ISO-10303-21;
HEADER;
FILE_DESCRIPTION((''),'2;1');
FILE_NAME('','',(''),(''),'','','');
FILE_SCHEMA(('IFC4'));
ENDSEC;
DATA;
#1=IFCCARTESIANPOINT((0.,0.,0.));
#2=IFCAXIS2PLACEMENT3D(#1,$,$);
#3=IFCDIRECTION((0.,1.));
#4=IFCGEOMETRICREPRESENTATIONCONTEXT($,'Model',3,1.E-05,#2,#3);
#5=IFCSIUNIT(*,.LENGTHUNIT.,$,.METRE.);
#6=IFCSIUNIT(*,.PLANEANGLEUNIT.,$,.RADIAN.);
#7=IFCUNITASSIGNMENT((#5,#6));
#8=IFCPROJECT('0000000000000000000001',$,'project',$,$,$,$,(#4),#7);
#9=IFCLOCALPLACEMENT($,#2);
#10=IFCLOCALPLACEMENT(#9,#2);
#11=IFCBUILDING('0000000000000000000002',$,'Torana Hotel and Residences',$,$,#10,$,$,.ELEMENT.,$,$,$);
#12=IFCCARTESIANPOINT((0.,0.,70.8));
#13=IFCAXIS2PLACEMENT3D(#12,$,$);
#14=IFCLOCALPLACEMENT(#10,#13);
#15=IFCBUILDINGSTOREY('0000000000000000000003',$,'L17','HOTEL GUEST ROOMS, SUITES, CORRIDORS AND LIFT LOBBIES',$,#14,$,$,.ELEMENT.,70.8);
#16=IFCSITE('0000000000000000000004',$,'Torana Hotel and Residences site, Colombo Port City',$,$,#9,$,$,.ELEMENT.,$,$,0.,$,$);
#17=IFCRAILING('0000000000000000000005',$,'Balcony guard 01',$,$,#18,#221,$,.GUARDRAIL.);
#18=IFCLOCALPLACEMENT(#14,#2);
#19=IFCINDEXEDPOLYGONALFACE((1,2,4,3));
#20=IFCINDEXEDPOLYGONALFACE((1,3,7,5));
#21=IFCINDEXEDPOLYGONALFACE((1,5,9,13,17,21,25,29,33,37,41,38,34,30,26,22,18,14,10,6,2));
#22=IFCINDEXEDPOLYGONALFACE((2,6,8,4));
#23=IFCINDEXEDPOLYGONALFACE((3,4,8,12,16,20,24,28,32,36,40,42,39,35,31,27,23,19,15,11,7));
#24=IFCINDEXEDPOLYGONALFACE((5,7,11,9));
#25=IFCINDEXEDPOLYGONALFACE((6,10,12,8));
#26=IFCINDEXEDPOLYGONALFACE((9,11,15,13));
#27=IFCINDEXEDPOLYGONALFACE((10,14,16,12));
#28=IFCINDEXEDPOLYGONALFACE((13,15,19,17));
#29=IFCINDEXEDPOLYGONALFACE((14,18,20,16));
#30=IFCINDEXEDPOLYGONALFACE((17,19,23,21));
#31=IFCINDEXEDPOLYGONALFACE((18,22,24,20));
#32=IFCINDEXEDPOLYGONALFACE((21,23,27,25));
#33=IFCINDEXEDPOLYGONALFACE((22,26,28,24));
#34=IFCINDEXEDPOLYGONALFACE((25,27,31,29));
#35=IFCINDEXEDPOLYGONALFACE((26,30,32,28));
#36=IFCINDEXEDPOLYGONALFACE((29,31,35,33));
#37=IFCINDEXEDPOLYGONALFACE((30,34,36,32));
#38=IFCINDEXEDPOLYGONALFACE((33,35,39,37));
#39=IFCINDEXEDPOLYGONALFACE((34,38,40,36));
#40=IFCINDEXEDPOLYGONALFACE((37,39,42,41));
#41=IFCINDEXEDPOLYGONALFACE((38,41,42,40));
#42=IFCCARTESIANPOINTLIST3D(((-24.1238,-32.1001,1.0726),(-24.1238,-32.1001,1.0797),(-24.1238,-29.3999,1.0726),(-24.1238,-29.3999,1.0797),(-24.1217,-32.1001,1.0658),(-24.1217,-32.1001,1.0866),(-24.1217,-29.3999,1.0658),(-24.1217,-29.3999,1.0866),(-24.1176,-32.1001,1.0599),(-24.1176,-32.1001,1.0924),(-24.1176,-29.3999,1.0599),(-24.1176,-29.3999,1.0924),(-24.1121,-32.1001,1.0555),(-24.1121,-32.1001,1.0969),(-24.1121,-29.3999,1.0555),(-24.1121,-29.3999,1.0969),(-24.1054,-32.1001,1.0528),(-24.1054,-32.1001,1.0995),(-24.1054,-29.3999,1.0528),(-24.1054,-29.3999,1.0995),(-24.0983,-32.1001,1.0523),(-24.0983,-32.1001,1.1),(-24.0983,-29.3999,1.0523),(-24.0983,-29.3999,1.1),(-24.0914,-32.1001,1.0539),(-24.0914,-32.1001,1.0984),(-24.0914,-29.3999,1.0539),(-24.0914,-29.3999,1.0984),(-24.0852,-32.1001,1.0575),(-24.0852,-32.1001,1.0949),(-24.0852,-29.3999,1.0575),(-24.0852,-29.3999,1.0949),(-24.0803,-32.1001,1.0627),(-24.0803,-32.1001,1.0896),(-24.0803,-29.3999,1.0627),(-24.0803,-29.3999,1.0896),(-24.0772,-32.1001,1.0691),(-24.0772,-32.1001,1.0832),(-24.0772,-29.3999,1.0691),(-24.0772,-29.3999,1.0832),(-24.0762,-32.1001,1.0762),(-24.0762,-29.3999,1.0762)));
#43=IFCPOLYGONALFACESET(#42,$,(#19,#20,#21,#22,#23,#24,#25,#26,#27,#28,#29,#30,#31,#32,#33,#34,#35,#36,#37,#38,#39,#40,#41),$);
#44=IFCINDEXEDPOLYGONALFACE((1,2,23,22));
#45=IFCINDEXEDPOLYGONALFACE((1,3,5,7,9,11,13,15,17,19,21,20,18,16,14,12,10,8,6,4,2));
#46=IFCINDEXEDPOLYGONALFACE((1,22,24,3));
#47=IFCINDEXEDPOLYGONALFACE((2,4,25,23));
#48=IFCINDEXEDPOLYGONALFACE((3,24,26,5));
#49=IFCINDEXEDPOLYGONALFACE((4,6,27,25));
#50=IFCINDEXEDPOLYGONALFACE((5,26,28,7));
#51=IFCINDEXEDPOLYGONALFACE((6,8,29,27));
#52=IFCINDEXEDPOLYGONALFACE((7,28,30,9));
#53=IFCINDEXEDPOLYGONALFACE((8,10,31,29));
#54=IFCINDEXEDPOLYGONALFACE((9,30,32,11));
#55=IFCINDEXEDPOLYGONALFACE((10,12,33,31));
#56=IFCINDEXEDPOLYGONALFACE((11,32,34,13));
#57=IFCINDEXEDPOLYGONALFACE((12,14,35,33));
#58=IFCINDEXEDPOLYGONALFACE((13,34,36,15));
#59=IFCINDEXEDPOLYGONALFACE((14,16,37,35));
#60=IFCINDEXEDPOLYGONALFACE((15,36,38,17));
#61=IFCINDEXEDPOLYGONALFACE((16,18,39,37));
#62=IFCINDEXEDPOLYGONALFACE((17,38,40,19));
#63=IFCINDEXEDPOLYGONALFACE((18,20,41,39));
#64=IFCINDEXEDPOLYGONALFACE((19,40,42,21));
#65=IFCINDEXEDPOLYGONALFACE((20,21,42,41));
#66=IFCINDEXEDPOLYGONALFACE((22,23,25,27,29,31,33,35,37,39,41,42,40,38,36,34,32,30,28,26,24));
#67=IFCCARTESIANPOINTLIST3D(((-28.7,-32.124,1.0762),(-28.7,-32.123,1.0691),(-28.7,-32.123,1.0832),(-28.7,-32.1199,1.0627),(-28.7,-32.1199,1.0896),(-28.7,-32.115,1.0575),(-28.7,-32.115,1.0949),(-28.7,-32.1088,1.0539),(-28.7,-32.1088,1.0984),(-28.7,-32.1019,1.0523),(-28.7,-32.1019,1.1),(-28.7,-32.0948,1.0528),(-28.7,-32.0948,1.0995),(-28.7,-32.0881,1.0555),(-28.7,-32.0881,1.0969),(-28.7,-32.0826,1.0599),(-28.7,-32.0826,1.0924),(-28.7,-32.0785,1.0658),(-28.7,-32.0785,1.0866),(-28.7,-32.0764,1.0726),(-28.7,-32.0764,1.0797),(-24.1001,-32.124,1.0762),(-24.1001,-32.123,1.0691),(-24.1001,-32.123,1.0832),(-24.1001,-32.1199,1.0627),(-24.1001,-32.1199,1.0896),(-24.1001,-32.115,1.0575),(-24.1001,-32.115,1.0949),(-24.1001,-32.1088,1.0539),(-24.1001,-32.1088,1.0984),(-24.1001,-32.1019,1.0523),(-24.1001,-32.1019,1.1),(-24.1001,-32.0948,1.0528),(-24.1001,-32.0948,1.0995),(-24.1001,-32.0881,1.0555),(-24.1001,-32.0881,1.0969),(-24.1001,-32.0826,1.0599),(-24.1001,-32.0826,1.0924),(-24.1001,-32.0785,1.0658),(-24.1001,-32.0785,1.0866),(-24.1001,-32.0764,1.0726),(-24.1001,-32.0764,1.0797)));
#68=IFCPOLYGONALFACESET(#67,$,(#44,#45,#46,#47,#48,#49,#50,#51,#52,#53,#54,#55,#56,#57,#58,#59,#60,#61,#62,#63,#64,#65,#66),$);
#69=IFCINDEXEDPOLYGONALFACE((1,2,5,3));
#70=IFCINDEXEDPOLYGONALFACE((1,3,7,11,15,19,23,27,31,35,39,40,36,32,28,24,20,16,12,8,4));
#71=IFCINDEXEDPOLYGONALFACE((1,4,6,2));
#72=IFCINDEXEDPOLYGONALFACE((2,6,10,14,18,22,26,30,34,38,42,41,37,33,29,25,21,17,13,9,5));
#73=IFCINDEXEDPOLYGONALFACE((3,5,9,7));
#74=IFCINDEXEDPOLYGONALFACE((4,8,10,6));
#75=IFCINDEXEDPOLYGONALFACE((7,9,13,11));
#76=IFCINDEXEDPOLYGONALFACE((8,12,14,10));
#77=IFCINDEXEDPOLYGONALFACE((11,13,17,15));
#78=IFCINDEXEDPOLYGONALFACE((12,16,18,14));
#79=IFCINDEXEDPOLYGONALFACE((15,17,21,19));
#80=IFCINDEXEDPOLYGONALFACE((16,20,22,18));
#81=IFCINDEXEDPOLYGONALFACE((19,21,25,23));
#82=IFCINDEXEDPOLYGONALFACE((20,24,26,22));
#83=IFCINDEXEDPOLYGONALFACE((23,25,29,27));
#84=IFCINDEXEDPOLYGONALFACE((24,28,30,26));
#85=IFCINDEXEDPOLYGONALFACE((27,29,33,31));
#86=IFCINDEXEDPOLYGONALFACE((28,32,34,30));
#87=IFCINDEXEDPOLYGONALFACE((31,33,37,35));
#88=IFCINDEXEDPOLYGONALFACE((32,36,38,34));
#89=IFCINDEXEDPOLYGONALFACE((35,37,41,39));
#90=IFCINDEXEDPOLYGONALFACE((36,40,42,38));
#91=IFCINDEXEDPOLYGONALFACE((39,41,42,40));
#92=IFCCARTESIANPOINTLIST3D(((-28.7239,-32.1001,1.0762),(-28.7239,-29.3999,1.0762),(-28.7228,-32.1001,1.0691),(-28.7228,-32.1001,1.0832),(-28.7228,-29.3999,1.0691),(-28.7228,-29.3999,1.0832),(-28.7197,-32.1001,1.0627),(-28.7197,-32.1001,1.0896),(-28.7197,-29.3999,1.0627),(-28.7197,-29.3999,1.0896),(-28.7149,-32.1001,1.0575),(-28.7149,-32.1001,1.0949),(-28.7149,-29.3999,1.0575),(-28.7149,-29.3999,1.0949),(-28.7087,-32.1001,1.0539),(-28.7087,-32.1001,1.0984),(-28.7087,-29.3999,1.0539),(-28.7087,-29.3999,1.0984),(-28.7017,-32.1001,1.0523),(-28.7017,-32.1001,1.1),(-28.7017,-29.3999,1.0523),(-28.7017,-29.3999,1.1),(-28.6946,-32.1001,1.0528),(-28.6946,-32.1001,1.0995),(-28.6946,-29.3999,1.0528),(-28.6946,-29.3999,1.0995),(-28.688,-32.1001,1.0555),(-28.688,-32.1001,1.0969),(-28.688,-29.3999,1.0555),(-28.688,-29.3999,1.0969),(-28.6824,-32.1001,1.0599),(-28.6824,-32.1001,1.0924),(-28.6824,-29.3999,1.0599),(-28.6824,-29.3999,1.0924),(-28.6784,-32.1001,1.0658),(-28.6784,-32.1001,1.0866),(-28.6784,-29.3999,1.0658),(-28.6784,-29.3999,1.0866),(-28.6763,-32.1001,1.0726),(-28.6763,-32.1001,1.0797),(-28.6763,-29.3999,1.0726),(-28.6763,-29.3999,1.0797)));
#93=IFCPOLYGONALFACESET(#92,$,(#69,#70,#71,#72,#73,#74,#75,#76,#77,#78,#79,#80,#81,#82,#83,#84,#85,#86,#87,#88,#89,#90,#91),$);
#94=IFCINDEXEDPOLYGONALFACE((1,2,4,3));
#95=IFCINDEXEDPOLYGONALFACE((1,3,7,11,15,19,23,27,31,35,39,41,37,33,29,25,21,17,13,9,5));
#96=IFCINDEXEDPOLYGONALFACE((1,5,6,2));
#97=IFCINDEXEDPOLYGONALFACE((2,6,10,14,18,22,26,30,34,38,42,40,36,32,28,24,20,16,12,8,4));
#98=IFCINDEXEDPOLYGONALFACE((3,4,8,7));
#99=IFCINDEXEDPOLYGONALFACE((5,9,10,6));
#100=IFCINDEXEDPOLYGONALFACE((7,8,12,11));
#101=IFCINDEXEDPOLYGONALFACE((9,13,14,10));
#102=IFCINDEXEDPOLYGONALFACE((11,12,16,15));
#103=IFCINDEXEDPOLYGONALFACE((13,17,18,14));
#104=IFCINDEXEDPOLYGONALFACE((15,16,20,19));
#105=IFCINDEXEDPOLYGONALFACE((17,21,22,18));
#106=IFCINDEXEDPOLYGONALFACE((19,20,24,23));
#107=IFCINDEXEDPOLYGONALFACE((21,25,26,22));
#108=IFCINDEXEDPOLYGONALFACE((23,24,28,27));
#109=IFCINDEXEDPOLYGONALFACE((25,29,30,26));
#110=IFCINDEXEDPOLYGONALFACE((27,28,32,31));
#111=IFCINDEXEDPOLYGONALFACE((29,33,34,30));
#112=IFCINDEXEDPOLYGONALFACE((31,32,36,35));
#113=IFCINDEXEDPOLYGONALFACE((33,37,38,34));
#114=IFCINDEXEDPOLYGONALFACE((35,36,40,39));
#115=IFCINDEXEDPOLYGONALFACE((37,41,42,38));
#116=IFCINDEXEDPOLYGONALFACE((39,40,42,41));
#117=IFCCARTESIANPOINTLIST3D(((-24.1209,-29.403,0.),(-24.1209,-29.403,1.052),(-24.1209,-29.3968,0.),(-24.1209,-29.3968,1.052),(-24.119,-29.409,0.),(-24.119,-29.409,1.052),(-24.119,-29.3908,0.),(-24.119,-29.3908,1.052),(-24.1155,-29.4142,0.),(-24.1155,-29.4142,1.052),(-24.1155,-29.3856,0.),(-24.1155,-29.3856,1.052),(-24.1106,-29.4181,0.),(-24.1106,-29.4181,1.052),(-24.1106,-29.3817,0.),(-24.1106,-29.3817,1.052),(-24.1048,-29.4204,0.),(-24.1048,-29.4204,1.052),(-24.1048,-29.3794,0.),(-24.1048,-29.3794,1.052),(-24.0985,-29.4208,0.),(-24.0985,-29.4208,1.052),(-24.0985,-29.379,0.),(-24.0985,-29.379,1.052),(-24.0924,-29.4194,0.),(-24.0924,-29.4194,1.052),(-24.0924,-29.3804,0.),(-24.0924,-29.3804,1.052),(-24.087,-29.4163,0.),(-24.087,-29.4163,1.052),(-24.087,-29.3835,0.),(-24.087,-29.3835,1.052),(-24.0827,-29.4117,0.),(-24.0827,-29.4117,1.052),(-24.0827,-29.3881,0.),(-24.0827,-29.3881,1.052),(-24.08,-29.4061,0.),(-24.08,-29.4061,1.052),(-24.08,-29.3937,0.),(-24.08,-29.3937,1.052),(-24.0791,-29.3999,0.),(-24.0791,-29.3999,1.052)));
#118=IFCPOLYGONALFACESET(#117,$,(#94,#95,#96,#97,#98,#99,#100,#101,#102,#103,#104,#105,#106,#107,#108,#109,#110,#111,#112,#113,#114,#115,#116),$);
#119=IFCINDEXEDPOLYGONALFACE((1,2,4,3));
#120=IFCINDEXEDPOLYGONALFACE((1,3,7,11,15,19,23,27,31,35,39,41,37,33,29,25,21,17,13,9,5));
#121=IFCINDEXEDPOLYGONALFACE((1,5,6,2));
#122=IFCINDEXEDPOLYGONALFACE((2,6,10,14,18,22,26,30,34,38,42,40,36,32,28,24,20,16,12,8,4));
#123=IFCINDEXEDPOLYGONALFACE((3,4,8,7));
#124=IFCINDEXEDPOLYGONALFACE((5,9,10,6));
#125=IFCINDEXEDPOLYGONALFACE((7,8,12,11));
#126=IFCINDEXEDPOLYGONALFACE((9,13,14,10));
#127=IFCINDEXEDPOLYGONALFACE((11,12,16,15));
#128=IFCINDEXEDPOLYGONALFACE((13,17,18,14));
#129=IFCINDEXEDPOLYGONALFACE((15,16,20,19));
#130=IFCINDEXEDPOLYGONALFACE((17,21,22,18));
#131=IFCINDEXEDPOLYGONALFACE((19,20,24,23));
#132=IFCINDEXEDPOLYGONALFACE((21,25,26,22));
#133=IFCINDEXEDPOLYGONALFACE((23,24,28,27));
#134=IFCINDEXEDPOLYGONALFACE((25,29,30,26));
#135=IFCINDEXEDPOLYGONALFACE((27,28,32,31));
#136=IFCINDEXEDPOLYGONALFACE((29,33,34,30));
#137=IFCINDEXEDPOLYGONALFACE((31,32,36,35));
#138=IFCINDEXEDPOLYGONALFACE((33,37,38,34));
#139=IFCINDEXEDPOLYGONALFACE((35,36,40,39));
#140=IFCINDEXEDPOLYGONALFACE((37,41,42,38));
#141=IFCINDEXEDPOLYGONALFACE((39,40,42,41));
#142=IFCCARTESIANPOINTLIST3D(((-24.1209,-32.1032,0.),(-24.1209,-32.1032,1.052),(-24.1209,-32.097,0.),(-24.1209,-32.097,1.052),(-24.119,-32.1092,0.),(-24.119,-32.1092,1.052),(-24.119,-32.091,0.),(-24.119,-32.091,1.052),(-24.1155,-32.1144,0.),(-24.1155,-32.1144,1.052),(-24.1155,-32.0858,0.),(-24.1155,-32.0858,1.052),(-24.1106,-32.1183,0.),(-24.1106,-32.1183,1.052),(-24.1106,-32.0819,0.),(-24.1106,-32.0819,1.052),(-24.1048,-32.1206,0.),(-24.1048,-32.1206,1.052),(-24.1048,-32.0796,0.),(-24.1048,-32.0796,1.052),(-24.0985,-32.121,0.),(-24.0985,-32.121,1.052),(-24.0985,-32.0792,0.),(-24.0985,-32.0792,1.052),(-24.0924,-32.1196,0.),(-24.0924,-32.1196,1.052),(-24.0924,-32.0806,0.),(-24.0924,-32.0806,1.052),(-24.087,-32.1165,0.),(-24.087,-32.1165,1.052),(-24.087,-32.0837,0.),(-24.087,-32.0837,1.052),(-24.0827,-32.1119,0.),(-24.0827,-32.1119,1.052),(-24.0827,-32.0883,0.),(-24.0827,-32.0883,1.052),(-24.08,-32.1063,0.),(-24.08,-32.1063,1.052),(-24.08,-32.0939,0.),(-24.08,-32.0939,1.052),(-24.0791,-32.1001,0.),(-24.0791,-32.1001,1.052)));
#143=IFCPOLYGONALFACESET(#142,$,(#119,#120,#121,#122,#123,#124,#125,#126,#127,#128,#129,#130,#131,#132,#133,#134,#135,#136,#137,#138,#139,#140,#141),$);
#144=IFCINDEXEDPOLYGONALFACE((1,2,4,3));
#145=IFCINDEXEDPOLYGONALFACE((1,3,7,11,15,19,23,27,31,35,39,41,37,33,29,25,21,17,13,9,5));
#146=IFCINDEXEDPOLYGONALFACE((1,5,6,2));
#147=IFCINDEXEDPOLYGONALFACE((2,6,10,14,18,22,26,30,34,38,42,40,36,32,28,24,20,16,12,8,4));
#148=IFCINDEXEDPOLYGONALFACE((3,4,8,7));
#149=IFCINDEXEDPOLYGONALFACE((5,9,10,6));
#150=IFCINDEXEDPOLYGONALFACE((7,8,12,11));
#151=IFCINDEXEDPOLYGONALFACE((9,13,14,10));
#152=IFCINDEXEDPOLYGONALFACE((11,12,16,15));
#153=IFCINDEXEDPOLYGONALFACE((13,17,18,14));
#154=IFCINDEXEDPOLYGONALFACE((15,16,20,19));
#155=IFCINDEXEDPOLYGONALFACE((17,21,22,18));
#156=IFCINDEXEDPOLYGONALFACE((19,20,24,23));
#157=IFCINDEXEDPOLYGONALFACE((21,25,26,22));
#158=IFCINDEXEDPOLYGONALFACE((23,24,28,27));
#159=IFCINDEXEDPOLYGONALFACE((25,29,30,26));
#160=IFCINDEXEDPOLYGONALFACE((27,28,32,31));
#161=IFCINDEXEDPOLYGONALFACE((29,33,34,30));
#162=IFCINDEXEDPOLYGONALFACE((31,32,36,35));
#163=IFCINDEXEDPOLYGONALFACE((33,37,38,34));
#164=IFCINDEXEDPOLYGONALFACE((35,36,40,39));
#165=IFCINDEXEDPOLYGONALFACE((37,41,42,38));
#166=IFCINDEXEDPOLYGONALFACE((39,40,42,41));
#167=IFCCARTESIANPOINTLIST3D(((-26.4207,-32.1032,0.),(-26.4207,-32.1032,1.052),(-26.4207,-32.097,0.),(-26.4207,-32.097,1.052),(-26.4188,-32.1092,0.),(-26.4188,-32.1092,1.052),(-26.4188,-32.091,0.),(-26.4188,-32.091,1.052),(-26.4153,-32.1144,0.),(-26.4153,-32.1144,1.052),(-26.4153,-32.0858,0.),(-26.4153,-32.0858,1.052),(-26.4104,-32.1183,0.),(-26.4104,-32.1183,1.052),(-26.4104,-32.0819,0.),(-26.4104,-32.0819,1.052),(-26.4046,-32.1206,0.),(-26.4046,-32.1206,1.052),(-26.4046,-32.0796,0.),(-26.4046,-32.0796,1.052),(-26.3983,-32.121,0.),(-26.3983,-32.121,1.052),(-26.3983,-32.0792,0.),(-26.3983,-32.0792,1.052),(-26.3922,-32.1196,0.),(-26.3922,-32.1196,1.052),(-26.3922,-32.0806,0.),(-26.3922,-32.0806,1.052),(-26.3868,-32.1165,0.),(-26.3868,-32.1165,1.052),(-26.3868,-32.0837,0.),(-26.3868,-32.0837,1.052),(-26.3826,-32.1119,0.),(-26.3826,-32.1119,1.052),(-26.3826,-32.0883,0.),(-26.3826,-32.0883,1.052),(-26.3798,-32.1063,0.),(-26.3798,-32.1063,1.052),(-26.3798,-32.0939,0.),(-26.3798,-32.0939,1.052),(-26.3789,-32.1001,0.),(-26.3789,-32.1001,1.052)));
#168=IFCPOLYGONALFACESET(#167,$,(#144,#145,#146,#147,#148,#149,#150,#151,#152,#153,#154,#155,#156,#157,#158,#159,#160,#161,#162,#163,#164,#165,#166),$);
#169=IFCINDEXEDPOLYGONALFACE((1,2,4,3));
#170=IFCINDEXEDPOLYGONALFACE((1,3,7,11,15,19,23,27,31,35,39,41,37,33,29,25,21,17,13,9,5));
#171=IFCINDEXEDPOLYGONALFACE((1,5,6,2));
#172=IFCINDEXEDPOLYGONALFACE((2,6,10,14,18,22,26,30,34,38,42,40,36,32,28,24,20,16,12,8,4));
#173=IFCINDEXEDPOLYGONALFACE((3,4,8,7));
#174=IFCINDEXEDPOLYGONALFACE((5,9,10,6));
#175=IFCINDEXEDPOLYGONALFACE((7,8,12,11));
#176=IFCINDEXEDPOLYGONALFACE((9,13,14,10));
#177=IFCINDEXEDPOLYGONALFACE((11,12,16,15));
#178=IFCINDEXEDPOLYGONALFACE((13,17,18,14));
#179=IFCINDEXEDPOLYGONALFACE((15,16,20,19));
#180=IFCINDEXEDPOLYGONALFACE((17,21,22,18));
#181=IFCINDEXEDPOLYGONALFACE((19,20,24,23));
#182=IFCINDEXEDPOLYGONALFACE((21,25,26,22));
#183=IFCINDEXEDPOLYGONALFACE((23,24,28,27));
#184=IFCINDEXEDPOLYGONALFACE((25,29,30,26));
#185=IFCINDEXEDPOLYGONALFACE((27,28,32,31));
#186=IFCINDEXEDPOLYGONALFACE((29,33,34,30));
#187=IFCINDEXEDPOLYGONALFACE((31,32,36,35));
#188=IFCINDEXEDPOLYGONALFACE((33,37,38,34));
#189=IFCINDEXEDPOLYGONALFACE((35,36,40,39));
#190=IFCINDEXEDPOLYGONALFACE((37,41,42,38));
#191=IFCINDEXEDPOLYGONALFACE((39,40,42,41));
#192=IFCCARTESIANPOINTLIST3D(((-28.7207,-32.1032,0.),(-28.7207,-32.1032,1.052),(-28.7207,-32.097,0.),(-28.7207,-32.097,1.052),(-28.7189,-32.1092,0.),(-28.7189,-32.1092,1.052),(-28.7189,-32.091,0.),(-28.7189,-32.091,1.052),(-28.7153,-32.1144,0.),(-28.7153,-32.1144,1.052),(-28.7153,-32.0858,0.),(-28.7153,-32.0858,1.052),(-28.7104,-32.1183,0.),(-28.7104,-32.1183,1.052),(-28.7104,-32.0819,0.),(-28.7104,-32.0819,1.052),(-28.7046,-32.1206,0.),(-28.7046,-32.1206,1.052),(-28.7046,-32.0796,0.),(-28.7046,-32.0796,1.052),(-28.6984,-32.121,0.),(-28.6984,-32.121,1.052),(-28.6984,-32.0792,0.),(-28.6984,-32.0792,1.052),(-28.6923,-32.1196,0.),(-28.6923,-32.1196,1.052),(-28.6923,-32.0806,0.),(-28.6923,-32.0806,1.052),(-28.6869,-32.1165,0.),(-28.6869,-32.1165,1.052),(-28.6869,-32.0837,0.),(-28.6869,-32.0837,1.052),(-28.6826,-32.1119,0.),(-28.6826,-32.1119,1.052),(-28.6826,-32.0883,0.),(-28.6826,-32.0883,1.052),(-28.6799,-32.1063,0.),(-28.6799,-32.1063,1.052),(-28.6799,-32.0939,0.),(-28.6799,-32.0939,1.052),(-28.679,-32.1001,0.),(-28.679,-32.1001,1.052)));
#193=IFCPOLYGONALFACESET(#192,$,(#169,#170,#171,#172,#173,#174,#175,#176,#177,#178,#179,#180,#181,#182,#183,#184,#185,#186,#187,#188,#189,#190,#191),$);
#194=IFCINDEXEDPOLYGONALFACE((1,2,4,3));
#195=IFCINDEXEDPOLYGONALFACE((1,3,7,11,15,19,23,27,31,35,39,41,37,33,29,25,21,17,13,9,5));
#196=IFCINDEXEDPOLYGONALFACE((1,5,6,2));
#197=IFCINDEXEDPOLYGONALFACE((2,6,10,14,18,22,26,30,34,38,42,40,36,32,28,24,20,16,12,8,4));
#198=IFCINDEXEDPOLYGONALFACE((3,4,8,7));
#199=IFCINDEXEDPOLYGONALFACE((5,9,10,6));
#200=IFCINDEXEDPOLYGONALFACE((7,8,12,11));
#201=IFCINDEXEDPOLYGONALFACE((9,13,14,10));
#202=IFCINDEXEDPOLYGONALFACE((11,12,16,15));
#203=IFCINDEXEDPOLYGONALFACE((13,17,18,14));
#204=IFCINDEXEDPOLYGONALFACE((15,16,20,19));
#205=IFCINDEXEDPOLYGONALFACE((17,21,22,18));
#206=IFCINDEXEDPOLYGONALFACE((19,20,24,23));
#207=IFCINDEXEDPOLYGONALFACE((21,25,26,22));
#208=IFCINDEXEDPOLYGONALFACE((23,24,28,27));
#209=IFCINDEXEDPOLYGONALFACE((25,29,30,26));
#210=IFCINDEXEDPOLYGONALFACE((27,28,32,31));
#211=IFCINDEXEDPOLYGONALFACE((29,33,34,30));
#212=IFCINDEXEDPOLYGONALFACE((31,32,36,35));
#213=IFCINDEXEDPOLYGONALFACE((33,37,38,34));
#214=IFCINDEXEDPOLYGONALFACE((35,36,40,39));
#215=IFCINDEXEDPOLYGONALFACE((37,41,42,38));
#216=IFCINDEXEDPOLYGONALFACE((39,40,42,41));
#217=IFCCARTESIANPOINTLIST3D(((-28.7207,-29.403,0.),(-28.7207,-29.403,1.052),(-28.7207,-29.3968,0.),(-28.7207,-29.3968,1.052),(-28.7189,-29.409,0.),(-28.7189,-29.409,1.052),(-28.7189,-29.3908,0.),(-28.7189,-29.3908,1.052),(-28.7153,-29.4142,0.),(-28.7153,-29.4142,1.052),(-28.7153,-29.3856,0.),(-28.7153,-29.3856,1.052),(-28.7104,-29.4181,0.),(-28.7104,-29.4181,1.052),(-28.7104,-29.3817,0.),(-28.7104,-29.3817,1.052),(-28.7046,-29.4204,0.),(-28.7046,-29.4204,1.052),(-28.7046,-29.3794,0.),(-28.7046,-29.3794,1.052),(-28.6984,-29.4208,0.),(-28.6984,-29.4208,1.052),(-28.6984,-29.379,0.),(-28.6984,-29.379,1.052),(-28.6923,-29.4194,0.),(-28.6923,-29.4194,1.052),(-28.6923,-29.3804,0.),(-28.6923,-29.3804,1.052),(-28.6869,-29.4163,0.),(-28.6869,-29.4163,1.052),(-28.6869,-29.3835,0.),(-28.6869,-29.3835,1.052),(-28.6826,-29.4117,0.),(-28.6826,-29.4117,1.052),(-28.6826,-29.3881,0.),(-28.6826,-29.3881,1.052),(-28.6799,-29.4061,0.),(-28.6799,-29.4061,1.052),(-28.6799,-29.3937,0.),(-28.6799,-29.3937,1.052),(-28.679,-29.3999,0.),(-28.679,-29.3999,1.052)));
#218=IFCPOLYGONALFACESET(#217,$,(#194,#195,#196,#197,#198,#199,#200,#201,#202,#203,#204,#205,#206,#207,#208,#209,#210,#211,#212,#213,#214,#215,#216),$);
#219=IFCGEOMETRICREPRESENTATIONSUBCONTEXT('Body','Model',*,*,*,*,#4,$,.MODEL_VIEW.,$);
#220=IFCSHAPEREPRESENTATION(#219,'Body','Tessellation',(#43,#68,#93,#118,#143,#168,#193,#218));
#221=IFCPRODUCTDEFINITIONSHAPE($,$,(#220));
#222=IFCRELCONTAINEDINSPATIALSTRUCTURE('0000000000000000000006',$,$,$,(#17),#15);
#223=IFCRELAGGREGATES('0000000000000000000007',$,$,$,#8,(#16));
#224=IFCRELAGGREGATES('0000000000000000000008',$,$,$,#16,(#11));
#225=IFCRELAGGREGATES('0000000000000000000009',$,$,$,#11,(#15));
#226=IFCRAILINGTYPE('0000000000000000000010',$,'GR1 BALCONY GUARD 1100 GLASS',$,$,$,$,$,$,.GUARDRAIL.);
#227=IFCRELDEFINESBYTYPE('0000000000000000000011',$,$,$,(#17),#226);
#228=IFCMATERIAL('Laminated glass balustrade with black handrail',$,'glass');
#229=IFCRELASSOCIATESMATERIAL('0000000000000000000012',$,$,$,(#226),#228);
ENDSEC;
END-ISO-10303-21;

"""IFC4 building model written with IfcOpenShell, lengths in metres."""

from ifc_helpers import new_model, si_unit, direction, frame, origin, origin_2d, place, context, subcontext, project, spatial, circle, extrude, material, type_object, element, save


model = new_model("IFC4")

# Units and contexts
model_context = context("Model", 3, precision=1e-05, world=origin(), true_north=direction((0.0, 1.0)))
body_context = subcontext(model_context, "Body", "Model", "MODEL_VIEW")
ifc_project = project(units=[si_unit("LENGTHUNIT", "METRE"), si_unit("PLANEANGLEUNIT", "RADIAN")], contexts=[model_context])

# Site, building, storey
site_placement = place(None, origin())
site = spatial("IfcSite", under=ifc_project, at=site_placement, Name="Torana Hotel and Residences site, Colombo Port City", CompositionType="ELEMENT", RefElevation=0.0)
building_placement = place(site_placement, origin())
building = spatial("IfcBuilding", under=site, at=building_placement, Name="Torana Hotel and Residences", CompositionType="ELEMENT")
storey_placement = place(building_placement, frame((0.0, 0.0, 70.8)))
storey = spatial("IfcBuildingStorey", under=building, at=storey_placement, Name="L17", Description="HOTEL GUEST ROOMS, SUITES, CORRIDORS AND LIFT LOBBIES", CompositionType="ELEMENT", Elevation=70.8)

# Railing
ifc_material_1 = material(Name="Laminated glass balustrade with black handrail", Category="glass")
railing_type = type_object("IfcRailingType", Name="GR1 BALCONY GUARD 1100 GLASS", PredefinedType="GUARDRAIL", material=ifc_material_1)
railing_placement = place(storey_placement, frame((-24.1001, -29.3999, 0.0)))
element("IfcRailing", 1, at=railing_placement, inside=storey, type_object=railing_type, Name="Balcony guard 01", PredefinedType="GUARDRAIL", context=body_context, shape_type="SweptSolid", body=[
    extrude(circle(Radius=0.0239, at=origin_2d()), frame((0.0, 0.0, 1.0762), z_axis=(0.0, -1.0, 0.0), x_axis=(1.0, 0.0, 0.0)), (0.0, 0.0, 1.0), 2.7002),
    extrude(circle(Radius=0.0239, at=origin_2d()), frame((0.0, -2.7002, 1.0762), z_axis=(-1.0, 0.0, 0.0), x_axis=(0.0, -1.0, 0.0)), (0.0, 0.0, 1.0), 4.5999),
    extrude(circle(Radius=0.0239, at=origin_2d()), frame((-4.5999, -2.7002, 1.0762), z_axis=(0.0, 1.0, 0.0), x_axis=(-1.0, 0.0, 0.0)), (0.0, 0.0, 1.0), 2.7002),
    extrude(circle(Radius=0.021, at=origin_2d()), origin(), (0.0, 0.0, 1.0), 1.052),
    extrude(circle(Radius=0.021, at=origin_2d()), frame((0.0, -2.7002, 0.0)), (0.0, 0.0, 1.0), 1.052),
    extrude(circle(Radius=0.021, at=origin_2d()), frame((-2.2998, -2.7002, 0.0)), (0.0, 0.0, 1.0), 1.052),
    extrude(circle(Radius=0.021, at=origin_2d()), frame((-4.5999, -2.7002, 0.0)), (0.0, 0.0, 1.0), 1.052),
    extrude(circle(Radius=0.021, at=origin_2d()), frame((-4.5999, 0.0, 0.0)), (0.0, 0.0, 1.0), 1.052),
])

save(model, "model.ifc")
